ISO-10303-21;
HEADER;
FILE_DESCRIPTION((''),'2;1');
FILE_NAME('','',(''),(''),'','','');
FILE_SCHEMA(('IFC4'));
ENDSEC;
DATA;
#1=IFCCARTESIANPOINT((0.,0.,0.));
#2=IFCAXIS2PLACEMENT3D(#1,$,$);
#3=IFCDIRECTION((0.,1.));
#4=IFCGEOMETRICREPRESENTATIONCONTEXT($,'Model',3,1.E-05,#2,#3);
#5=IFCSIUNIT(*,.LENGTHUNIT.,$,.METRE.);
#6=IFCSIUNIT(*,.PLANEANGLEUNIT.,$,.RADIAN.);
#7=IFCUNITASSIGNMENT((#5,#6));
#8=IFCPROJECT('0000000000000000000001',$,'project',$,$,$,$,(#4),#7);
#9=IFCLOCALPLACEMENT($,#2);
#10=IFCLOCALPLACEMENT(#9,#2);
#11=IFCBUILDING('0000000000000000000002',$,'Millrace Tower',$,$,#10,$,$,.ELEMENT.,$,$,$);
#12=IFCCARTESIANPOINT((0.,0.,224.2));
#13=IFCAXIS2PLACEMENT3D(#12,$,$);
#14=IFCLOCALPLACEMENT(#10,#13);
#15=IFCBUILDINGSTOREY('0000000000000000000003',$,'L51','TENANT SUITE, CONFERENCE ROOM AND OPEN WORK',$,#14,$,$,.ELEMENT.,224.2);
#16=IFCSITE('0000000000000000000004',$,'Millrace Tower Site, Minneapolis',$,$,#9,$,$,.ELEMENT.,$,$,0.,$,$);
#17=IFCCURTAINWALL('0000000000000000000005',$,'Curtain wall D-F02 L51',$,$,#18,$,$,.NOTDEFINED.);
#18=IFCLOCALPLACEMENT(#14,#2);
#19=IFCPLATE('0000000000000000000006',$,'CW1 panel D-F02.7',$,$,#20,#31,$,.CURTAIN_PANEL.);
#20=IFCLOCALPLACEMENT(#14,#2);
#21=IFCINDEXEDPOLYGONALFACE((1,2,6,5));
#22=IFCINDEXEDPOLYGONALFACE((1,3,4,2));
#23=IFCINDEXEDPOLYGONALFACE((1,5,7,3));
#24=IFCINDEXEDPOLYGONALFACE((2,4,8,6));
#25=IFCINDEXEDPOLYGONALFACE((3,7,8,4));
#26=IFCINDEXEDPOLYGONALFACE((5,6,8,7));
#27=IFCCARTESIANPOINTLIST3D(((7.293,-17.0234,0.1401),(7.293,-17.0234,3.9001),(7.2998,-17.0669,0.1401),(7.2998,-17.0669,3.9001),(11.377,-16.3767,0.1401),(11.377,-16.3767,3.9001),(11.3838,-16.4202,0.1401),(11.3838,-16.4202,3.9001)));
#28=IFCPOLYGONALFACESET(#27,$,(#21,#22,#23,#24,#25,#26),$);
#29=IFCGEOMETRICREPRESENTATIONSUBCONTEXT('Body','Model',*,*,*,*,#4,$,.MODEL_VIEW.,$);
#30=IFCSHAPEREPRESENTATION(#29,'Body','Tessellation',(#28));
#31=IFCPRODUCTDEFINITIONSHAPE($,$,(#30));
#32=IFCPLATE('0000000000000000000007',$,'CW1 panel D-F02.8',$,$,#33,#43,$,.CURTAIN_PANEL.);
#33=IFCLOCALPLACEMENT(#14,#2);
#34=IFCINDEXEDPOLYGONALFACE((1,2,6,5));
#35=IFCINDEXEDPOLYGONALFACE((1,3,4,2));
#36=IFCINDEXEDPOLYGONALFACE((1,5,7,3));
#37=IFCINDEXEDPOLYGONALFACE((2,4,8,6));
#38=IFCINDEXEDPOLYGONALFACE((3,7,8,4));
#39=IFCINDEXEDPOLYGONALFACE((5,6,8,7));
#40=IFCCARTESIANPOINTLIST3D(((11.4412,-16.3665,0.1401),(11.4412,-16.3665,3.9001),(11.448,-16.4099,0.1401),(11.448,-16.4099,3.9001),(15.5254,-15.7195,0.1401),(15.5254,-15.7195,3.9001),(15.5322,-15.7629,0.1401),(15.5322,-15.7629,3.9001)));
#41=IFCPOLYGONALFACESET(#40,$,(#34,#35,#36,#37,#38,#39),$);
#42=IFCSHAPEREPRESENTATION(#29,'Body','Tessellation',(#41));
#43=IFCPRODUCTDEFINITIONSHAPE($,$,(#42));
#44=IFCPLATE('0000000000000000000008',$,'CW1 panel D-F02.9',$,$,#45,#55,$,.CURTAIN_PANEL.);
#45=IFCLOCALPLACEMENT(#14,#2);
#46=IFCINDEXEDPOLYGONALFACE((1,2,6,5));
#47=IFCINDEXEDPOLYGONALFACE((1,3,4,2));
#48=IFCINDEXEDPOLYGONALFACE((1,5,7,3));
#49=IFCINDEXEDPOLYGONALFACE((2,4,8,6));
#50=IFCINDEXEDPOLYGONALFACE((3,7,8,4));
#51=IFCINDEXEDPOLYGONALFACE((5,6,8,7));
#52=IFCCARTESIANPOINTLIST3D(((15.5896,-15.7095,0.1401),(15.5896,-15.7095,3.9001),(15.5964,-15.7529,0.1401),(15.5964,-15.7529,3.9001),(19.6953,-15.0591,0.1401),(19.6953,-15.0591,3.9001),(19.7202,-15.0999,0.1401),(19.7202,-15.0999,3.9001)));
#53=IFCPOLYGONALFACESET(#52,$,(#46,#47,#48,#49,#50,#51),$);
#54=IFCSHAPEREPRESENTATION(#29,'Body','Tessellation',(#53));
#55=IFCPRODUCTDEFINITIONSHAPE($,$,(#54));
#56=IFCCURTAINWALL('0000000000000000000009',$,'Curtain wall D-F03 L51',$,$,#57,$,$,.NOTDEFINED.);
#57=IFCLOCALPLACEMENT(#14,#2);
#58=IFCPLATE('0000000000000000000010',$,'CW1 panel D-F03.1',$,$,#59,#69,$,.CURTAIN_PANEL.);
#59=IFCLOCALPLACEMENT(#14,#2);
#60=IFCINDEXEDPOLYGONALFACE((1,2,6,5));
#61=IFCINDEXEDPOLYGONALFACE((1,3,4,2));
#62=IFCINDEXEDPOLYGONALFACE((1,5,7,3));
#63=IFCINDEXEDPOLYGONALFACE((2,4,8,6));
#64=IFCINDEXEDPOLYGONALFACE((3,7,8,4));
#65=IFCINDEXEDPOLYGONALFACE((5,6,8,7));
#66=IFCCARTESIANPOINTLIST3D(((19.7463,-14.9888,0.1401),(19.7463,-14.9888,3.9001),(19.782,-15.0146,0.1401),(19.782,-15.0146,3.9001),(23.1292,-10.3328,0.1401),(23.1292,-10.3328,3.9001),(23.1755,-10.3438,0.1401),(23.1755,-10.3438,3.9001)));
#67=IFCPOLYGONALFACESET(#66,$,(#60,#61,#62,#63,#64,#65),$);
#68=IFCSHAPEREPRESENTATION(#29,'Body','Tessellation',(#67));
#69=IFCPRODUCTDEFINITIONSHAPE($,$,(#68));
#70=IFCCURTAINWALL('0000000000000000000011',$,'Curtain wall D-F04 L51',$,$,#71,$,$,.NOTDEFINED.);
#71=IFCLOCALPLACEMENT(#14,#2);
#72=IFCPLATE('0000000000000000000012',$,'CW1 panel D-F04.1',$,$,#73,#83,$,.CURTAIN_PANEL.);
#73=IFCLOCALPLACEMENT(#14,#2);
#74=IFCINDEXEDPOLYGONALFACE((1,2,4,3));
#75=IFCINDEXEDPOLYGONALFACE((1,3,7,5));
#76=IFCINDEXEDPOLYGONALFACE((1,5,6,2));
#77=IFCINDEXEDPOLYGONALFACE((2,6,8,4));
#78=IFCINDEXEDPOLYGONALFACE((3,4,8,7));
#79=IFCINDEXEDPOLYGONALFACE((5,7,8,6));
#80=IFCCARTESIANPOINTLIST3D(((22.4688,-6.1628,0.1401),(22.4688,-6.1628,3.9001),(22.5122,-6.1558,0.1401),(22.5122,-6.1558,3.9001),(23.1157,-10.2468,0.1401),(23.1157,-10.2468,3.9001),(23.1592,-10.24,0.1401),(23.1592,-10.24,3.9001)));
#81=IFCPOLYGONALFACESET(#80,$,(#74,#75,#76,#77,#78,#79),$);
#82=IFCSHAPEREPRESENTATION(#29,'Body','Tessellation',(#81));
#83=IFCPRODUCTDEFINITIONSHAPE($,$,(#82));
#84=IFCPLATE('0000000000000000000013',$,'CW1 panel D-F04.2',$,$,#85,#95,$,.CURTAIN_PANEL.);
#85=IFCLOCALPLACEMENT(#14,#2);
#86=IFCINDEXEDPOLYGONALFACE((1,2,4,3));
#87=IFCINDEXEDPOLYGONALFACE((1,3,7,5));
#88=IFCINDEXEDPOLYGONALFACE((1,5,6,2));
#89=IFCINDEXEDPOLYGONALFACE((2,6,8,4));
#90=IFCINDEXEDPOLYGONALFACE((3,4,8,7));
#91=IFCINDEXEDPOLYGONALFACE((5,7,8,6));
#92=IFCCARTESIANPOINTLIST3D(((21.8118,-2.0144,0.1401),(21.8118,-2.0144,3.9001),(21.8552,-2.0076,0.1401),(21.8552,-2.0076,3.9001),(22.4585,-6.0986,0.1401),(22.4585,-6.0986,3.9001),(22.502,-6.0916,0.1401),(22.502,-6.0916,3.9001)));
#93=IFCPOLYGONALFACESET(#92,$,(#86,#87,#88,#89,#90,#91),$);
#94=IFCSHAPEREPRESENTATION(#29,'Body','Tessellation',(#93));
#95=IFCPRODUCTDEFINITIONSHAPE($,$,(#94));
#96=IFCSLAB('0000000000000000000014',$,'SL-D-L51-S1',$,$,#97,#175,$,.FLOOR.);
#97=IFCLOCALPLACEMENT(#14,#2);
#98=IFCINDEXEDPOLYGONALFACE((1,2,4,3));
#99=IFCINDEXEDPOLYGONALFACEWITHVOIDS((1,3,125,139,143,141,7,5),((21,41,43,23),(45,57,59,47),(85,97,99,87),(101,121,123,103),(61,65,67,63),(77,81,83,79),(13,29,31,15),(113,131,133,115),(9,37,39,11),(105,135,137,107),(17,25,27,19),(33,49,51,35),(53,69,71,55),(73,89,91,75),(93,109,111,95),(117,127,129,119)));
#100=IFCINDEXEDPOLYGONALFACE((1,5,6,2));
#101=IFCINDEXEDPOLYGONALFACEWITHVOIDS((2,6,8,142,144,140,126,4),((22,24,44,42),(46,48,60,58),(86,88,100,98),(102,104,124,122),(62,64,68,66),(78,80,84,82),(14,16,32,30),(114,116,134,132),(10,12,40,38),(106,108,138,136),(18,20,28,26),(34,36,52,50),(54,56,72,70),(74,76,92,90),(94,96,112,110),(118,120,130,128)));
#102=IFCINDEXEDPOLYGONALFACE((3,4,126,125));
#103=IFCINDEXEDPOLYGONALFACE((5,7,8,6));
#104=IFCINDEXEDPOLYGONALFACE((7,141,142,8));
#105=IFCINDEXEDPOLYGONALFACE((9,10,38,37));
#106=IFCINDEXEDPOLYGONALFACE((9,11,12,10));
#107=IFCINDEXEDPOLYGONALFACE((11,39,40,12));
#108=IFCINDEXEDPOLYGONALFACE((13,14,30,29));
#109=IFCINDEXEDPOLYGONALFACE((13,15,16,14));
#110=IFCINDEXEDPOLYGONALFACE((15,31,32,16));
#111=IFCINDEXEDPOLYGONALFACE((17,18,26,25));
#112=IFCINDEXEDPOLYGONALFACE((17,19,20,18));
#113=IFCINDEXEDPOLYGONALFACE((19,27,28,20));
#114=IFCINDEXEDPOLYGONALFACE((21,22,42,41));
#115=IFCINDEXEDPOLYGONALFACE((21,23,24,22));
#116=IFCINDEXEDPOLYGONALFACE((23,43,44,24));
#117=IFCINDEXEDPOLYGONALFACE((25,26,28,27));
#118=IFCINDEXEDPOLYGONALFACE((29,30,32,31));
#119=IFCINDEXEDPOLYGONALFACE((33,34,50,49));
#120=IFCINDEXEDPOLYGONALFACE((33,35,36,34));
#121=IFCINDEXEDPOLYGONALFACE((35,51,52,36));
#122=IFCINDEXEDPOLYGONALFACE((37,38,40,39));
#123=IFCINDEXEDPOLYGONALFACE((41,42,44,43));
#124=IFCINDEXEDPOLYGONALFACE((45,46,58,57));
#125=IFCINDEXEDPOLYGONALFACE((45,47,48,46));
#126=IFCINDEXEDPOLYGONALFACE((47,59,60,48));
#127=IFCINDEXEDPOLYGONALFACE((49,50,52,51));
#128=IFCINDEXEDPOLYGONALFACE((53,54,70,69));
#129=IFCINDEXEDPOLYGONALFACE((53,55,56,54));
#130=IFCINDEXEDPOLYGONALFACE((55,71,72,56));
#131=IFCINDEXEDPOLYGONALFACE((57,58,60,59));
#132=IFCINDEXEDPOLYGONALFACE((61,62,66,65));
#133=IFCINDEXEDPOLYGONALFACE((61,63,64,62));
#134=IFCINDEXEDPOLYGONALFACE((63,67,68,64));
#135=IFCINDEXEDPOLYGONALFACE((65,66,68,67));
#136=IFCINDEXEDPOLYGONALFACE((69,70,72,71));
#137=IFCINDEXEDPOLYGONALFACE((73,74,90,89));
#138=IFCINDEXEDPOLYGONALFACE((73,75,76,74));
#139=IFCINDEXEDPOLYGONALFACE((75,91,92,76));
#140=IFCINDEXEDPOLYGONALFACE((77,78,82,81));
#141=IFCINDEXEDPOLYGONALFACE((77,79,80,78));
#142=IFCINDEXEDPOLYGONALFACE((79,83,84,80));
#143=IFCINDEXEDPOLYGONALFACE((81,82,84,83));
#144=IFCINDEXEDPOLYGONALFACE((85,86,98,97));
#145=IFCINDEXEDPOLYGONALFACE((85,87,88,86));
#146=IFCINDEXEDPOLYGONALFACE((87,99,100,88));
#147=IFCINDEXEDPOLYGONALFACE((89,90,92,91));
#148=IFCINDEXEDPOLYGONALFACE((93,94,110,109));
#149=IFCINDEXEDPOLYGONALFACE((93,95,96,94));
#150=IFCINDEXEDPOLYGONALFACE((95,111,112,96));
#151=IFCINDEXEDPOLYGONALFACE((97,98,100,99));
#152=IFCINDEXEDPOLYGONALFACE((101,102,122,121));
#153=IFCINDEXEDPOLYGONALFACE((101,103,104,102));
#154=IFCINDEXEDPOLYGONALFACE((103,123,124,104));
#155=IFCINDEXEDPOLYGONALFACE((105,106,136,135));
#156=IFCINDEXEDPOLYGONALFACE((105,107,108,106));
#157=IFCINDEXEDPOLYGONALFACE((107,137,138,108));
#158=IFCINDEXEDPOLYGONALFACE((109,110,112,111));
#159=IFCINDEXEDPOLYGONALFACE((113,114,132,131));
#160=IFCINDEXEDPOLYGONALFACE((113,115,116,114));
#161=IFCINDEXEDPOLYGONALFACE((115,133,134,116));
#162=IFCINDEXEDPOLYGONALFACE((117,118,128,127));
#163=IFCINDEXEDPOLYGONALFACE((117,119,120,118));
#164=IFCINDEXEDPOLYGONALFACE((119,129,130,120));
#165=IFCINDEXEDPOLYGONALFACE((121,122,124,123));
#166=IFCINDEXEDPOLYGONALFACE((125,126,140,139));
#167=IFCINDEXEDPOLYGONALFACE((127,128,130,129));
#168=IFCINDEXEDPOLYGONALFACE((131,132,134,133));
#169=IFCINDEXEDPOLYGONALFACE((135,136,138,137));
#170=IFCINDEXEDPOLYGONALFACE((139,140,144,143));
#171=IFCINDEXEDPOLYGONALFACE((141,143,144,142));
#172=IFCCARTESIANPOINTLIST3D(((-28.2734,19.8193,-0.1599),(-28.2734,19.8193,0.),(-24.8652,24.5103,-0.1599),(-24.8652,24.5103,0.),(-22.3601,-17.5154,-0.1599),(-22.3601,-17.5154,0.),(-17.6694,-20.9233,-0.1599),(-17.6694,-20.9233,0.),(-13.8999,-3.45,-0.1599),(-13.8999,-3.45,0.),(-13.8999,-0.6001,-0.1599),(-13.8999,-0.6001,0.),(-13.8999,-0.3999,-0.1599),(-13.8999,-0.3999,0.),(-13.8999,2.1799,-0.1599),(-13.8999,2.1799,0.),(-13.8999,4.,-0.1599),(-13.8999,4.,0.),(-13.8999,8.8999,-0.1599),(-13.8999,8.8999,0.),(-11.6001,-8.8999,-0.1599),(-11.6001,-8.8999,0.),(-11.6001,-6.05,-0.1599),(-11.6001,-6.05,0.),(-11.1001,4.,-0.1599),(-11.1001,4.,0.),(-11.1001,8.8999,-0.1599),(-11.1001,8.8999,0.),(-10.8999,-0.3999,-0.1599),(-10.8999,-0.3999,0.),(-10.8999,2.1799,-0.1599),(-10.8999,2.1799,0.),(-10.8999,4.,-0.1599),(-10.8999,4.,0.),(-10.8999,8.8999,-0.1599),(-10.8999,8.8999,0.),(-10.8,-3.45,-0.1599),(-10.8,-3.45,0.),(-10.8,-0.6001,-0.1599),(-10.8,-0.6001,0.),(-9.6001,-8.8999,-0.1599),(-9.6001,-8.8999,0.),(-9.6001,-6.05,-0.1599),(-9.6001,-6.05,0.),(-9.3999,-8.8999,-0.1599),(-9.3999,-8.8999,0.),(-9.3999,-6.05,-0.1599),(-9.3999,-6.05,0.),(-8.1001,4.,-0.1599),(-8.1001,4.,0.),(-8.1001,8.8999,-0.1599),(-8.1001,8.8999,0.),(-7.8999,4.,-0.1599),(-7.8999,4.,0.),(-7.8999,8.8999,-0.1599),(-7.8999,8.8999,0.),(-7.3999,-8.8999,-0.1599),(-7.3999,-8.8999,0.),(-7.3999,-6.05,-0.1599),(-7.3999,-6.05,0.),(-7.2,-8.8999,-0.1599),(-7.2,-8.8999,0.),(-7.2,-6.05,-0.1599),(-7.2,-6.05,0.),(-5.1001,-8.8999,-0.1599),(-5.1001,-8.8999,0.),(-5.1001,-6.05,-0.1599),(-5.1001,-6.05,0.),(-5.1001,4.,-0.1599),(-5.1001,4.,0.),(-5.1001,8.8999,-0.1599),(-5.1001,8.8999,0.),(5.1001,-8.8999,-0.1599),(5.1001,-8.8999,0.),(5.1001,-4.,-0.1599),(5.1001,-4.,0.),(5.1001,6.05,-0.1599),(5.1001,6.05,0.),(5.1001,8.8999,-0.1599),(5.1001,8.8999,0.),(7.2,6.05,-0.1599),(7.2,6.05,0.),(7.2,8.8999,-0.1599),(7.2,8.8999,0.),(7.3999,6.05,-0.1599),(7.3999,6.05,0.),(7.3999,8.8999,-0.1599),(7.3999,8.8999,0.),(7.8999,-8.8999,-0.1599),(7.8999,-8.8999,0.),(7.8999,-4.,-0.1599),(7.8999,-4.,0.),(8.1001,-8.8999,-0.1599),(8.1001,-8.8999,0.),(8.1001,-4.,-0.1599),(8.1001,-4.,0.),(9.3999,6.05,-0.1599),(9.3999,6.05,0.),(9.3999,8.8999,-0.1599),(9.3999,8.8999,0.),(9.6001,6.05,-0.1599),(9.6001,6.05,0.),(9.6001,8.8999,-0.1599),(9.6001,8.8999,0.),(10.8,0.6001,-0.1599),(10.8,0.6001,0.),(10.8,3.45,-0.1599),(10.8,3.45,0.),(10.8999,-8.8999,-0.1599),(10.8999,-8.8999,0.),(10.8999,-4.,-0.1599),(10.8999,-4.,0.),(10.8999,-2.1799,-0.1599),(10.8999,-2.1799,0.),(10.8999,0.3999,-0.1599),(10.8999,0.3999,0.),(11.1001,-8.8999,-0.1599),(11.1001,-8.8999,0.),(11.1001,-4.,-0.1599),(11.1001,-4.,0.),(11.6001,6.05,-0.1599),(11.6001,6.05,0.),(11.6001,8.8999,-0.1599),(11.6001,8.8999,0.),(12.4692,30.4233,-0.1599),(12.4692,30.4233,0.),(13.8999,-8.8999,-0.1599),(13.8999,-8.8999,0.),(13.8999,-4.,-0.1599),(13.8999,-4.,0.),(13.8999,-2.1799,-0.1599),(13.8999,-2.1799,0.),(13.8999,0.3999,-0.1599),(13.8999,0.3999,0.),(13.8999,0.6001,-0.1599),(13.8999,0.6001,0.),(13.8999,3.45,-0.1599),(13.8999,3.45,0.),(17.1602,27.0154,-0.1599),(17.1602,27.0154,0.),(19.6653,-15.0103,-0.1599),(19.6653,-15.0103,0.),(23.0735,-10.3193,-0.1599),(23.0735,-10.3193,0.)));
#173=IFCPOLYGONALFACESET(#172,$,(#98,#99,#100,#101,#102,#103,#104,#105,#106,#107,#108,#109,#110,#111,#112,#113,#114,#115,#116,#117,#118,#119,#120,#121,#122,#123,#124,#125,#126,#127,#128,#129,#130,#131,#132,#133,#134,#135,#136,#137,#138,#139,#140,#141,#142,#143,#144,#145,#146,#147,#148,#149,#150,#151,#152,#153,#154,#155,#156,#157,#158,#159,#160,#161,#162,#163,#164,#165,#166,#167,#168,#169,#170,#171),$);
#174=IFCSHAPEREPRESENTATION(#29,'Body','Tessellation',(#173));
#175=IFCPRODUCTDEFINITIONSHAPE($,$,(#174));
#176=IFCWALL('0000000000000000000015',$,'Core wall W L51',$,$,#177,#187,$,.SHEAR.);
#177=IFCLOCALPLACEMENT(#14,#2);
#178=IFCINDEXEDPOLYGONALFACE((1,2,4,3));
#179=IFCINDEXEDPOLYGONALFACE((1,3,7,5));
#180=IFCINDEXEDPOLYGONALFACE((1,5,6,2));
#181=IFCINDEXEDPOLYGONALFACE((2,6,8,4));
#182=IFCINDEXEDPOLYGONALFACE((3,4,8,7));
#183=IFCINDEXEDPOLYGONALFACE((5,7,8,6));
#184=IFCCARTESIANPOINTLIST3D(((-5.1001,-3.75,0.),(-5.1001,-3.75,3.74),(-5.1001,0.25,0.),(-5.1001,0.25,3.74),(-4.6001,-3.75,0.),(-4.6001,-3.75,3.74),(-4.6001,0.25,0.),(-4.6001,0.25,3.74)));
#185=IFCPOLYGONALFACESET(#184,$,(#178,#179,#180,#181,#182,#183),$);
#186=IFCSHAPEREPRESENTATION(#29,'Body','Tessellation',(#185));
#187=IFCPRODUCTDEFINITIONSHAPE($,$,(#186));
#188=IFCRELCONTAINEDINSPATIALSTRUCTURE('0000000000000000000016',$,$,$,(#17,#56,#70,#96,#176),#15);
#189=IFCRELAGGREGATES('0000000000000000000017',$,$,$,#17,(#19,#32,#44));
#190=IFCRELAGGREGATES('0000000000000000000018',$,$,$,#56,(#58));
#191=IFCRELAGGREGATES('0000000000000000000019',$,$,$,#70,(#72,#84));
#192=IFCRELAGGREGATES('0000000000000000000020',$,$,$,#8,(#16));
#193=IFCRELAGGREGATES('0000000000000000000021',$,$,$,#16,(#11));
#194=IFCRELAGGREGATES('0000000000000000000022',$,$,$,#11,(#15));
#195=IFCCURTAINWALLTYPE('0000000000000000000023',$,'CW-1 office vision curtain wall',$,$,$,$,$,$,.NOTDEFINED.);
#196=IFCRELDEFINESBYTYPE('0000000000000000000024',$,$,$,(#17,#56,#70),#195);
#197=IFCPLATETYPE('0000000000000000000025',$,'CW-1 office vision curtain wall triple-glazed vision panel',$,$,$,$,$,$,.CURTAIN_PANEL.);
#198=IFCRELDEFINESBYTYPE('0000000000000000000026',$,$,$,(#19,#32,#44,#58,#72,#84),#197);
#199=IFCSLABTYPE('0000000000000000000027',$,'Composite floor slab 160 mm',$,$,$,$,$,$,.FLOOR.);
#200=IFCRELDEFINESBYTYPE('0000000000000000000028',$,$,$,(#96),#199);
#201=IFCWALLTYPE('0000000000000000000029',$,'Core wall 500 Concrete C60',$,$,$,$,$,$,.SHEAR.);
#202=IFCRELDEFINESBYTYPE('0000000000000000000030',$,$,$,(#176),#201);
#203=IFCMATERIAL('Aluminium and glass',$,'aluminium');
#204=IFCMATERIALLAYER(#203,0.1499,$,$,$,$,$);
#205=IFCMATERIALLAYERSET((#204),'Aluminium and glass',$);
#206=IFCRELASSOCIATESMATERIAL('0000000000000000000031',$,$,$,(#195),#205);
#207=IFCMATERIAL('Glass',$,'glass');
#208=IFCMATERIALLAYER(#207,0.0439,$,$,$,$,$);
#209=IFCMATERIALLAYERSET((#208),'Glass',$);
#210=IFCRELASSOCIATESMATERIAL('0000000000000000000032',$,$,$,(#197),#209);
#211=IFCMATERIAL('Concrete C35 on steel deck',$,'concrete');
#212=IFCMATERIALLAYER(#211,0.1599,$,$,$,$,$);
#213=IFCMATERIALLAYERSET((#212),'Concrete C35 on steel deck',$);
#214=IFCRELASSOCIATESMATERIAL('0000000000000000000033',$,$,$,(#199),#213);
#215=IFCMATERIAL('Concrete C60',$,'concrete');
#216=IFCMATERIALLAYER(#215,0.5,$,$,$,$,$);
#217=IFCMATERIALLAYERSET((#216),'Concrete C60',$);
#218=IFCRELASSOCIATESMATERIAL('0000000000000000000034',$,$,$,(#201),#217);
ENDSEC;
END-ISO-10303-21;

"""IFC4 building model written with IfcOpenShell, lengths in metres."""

from ifc_helpers import new_model, si_unit, direction, frame, frame_2d, origin, place, context, subcontext, project, spatial, polyline, rectangle, outline, extrude, material, layer, layer_set, type_object, element, aggregate, save


model = new_model("IFC4")

# Units and contexts
model_context = context("Model", 3, precision=1e-05, world=origin(), true_north=direction((0.0, 1.0)))
body_context = subcontext(model_context, "Body", "Model", "MODEL_VIEW")
ifc_project = project(units=[si_unit("LENGTHUNIT", "METRE"), si_unit("PLANEANGLEUNIT", "RADIAN")], contexts=[model_context])

# Site, building, storey
site_placement = place(None, origin())
site = spatial("IfcSite", under=ifc_project, at=site_placement, Name="Millrace Tower Site, Minneapolis", CompositionType="ELEMENT", RefElevation=0.0)
building_placement = place(site_placement, origin())
building = spatial("IfcBuilding", under=site, at=building_placement, Name="Millrace Tower", CompositionType="ELEMENT")
storey_placement = place(building_placement, frame((0.0, 0.0, 224.2)))
storey = spatial("IfcBuildingStorey", under=building, at=storey_placement, Name="L51", Description="TENANT SUITE, CONFERENCE ROOM AND OPEN WORK", CompositionType="ELEMENT", Elevation=224.2)

# Shared definitions
ifc_material_1 = material(Name="Aluminium and glass", Category="aluminium")
ifc_layer_1 = layer(ifc_material_1, 0.1499)
ifc_layer_set_1 = layer_set([ifc_layer_1], Name="Aluminium and glass")
curtain_wall_type = type_object("IfcCurtainWallType", Name="CW-1 office vision curtain wall", PredefinedType="NOTDEFINED", material=ifc_layer_set_1)
placement_1 = place(storey_placement, origin())
ifc_material_2 = material(Name="Glass", Category="glass")
ifc_layer_2 = layer(ifc_material_2, 0.0439)
ifc_layer_set_2 = layer_set([ifc_layer_2], Name="Glass")
plate_type = type_object("IfcPlateType", Name="CW-1 office vision curtain wall triple-glazed vision panel", PredefinedType="CURTAIN_PANEL", material=ifc_layer_set_2)
placement_2 = place(storey_placement, frame((0.0, 0.0, 0.1401)))

# Curtain wall, plates
curtain_wall_1 = element("IfcCurtainWall", 1, at=placement_1, inside=storey, type_object=curtain_wall_type, Name="Curtain wall D-F02 L51", PredefinedType="NOTDEFINED")
plate_1 = element("IfcPlate", 2, at=placement_2, type_object=plate_type, Name="CW1 panel D-F02.7", PredefinedType="CURTAIN_PANEL", context=body_context, shape_type="SweptSolid", body=[
    extrude(outline(polyline([(7.2998, -17.0669), (11.3838, -16.4202), (11.377, -16.3767), (7.293, -17.0234), (7.2998, -17.0669)])), origin(), (0.0, 0.0, 1.0), 3.76),
])
plate_2 = element("IfcPlate", 3, at=placement_2, type_object=plate_type, Name="CW1 panel D-F02.8", PredefinedType="CURTAIN_PANEL", context=body_context, shape_type="SweptSolid", body=[
    extrude(outline(polyline([(11.448, -16.4099), (15.5322, -15.7629), (15.5254, -15.7195), (11.4412, -16.3665), (11.448, -16.4099)])), origin(), (0.0, 0.0, 1.0), 3.76),
])
plate_3 = element("IfcPlate", 4, at=placement_2, type_object=plate_type, Name="CW1 panel D-F02.9", PredefinedType="CURTAIN_PANEL", context=body_context, shape_type="SweptSolid", body=[
    extrude(outline(polyline([(15.5964, -15.7529), (19.7202, -15.0999), (19.6953, -15.0591), (15.5896, -15.7095), (15.5964, -15.7529)])), origin(), (0.0, 0.0, 1.0), 3.76),
])
aggregate(curtain_wall_1, [plate_1, plate_2, plate_3])

# Curtain wall, plate
curtain_wall_2 = element("IfcCurtainWall", 5, at=placement_1, inside=storey, type_object=curtain_wall_type, Name="Curtain wall D-F03 L51", PredefinedType="NOTDEFINED")
plate_4 = element("IfcPlate", 6, at=placement_2, type_object=plate_type, Name="CW1 panel D-F03.1", PredefinedType="CURTAIN_PANEL", context=body_context, shape_type="SweptSolid", body=[
    extrude(outline(polyline([(19.782, -15.0146), (23.1755, -10.3438), (23.1292, -10.3328), (19.7463, -14.9888), (19.782, -15.0146)])), origin(), (0.0, 0.0, 1.0), 3.76),
])
aggregate(curtain_wall_2, [plate_4])

# Curtain wall, plates
curtain_wall_3 = element("IfcCurtainWall", 7, at=placement_1, inside=storey, type_object=curtain_wall_type, Name="Curtain wall D-F04 L51", PredefinedType="NOTDEFINED")
plate_5 = element("IfcPlate", 8, at=placement_2, type_object=plate_type, Name="CW1 panel D-F04.1", PredefinedType="CURTAIN_PANEL", context=body_context, shape_type="SweptSolid", body=[
    extrude(outline(polyline([(23.1592, -10.24), (22.5122, -6.1558), (22.4688, -6.1628), (23.1157, -10.2468), (23.1592, -10.24)])), origin(), (0.0, 0.0, 1.0), 3.76),
])
plate_6 = element("IfcPlate", 9, at=placement_2, type_object=plate_type, Name="CW1 panel D-F04.2", PredefinedType="CURTAIN_PANEL", context=body_context, shape_type="SweptSolid", body=[
    extrude(outline(polyline([(22.502, -6.0916), (21.8552, -2.0076), (21.8118, -2.0144), (22.4585, -6.0986), (22.502, -6.0916)])), origin(), (0.0, 0.0, 1.0), 3.76),
])
aggregate(curtain_wall_3, [plate_5, plate_6])

# Slab
ifc_material_3 = material(Name="Concrete C35 on steel deck", Category="concrete")
ifc_layer_3 = layer(ifc_material_3, 0.1599)
ifc_layer_set_3 = layer_set([ifc_layer_3], Name="Concrete C35 on steel deck")
slab_type = type_object("IfcSlabType", Name="Composite floor slab 160 mm", PredefinedType="FLOOR", material=ifc_layer_set_3)
slab_placement = place(storey_placement, frame((0.0, 0.0, -0.1599)))
element("IfcSlab", 10, at=slab_placement, inside=storey, type_object=slab_type, Name="SL-D-L51-S1", PredefinedType="FLOOR", context=body_context, shape_type="SweptSolid", body=[
    extrude(outline(polyline([(-22.3601, -17.5154), (-17.6694, -20.9233), (19.6653, -15.0103), (23.0735, -10.3193), (17.1602, 27.0154), (12.4692, 30.4233), (-24.8652, 24.5103), (-28.2734, 19.8193), (-22.3601, -17.5154)]), holes=[polyline([(-11.6001, -8.8999), (-9.6001, -8.8999), (-9.6001, -6.05), (-11.6001, -6.05), (-11.6001, -8.8999)]), polyline([(-9.3999, -8.8999), (-7.3999, -8.8999), (-7.3999, -6.05), (-9.3999, -6.05), (-9.3999, -8.8999)]), polyline([(-7.2, -8.8999), (-5.1001, -8.8999), (-5.1001, -6.05), (-7.2, -6.05), (-7.2, -8.8999)]), polyline([(-13.8999, -3.45), (-10.8, -3.45), (-10.8, -0.6001), (-13.8999, -0.6001), (-13.8999, -3.45)]), polyline([(-13.8999, -0.3999), (-10.8999, -0.3999), (-10.8999, 2.1799), (-13.8999, 2.1799), (-13.8999, -0.3999)]), polyline([(-13.8999, 4.0), (-11.1001, 4.0), (-11.1001, 8.8999), (-13.8999, 8.8999), (-13.8999, 4.0)]), polyline([(-10.8999, 4.0), (-8.1001, 4.0), (-8.1001, 8.8999), (-10.8999, 8.8999), (-10.8999, 4.0)]), polyline([(-7.8999, 4.0), (-5.1001, 4.0), (-5.1001, 8.8999), (-7.8999, 8.8999), (-7.8999, 4.0)]), polyline([(9.6001, 6.05), (11.6001, 6.05), (11.6001, 8.8999), (9.6001, 8.8999), (9.6001, 6.05)]), polyline([(7.3999, 6.05), (9.3999, 6.05), (9.3999, 8.8999), (7.3999, 8.8999), (7.3999, 6.05)]), polyline([(5.1001, 6.05), (7.2, 6.05), (7.2, 8.8999), (5.1001, 8.8999), (5.1001, 6.05)]), polyline([(10.8, 0.6001), (13.8999, 0.6001), (13.8999, 3.45), (10.8, 3.45), (10.8, 0.6001)]), polyline([(10.8999, -2.1799), (13.8999, -2.1799), (13.8999, 0.3999), (10.8999, 0.3999), (10.8999, -2.1799)]), polyline([(11.1001, -8.8999), (13.8999, -8.8999), (13.8999, -4.0), (11.1001, -4.0), (11.1001, -8.8999)]), polyline([(8.1001, -8.8999), (10.8999, -8.8999), (10.8999, -4.0), (8.1001, -4.0), (8.1001, -8.8999)]), polyline([(5.1001, -8.8999), (7.8999, -8.8999), (7.8999, -4.0), (5.1001, -4.0), (5.1001, -8.8999)])]), origin(), (0.0, 0.0, 1.0), 0.1599),
])

# Wall
ifc_material_4 = material(Name="Concrete C60", Category="concrete")
ifc_layer_4 = layer(ifc_material_4, 0.5)
ifc_layer_set_4 = layer_set([ifc_layer_4], Name="Concrete C60")
wall_type_1 = type_object("IfcWallType", Name="Core wall 500 Concrete C60", PredefinedType="SHEAR", material=ifc_layer_set_4)
wall_1_placement = place(storey_placement, frame((-4.8501, -3.75, 0.0), z_axis=(0.0, 0.0, 1.0), x_axis=(0.0, 1.0, 0.0)))
element("IfcWall", 11, at=wall_1_placement, inside=storey, type_object=wall_type_1, Name="Core wall W L51", PredefinedType="SHEAR", context=body_context, shape_type="SweptSolid", body=[
    extrude(rectangle(XDim=4.0, YDim=0.5, at=frame_2d((2.0, 0.0))), origin(), (0.0, 0.0, 1.0), 3.74),
])

save(model, "model.ifc")
